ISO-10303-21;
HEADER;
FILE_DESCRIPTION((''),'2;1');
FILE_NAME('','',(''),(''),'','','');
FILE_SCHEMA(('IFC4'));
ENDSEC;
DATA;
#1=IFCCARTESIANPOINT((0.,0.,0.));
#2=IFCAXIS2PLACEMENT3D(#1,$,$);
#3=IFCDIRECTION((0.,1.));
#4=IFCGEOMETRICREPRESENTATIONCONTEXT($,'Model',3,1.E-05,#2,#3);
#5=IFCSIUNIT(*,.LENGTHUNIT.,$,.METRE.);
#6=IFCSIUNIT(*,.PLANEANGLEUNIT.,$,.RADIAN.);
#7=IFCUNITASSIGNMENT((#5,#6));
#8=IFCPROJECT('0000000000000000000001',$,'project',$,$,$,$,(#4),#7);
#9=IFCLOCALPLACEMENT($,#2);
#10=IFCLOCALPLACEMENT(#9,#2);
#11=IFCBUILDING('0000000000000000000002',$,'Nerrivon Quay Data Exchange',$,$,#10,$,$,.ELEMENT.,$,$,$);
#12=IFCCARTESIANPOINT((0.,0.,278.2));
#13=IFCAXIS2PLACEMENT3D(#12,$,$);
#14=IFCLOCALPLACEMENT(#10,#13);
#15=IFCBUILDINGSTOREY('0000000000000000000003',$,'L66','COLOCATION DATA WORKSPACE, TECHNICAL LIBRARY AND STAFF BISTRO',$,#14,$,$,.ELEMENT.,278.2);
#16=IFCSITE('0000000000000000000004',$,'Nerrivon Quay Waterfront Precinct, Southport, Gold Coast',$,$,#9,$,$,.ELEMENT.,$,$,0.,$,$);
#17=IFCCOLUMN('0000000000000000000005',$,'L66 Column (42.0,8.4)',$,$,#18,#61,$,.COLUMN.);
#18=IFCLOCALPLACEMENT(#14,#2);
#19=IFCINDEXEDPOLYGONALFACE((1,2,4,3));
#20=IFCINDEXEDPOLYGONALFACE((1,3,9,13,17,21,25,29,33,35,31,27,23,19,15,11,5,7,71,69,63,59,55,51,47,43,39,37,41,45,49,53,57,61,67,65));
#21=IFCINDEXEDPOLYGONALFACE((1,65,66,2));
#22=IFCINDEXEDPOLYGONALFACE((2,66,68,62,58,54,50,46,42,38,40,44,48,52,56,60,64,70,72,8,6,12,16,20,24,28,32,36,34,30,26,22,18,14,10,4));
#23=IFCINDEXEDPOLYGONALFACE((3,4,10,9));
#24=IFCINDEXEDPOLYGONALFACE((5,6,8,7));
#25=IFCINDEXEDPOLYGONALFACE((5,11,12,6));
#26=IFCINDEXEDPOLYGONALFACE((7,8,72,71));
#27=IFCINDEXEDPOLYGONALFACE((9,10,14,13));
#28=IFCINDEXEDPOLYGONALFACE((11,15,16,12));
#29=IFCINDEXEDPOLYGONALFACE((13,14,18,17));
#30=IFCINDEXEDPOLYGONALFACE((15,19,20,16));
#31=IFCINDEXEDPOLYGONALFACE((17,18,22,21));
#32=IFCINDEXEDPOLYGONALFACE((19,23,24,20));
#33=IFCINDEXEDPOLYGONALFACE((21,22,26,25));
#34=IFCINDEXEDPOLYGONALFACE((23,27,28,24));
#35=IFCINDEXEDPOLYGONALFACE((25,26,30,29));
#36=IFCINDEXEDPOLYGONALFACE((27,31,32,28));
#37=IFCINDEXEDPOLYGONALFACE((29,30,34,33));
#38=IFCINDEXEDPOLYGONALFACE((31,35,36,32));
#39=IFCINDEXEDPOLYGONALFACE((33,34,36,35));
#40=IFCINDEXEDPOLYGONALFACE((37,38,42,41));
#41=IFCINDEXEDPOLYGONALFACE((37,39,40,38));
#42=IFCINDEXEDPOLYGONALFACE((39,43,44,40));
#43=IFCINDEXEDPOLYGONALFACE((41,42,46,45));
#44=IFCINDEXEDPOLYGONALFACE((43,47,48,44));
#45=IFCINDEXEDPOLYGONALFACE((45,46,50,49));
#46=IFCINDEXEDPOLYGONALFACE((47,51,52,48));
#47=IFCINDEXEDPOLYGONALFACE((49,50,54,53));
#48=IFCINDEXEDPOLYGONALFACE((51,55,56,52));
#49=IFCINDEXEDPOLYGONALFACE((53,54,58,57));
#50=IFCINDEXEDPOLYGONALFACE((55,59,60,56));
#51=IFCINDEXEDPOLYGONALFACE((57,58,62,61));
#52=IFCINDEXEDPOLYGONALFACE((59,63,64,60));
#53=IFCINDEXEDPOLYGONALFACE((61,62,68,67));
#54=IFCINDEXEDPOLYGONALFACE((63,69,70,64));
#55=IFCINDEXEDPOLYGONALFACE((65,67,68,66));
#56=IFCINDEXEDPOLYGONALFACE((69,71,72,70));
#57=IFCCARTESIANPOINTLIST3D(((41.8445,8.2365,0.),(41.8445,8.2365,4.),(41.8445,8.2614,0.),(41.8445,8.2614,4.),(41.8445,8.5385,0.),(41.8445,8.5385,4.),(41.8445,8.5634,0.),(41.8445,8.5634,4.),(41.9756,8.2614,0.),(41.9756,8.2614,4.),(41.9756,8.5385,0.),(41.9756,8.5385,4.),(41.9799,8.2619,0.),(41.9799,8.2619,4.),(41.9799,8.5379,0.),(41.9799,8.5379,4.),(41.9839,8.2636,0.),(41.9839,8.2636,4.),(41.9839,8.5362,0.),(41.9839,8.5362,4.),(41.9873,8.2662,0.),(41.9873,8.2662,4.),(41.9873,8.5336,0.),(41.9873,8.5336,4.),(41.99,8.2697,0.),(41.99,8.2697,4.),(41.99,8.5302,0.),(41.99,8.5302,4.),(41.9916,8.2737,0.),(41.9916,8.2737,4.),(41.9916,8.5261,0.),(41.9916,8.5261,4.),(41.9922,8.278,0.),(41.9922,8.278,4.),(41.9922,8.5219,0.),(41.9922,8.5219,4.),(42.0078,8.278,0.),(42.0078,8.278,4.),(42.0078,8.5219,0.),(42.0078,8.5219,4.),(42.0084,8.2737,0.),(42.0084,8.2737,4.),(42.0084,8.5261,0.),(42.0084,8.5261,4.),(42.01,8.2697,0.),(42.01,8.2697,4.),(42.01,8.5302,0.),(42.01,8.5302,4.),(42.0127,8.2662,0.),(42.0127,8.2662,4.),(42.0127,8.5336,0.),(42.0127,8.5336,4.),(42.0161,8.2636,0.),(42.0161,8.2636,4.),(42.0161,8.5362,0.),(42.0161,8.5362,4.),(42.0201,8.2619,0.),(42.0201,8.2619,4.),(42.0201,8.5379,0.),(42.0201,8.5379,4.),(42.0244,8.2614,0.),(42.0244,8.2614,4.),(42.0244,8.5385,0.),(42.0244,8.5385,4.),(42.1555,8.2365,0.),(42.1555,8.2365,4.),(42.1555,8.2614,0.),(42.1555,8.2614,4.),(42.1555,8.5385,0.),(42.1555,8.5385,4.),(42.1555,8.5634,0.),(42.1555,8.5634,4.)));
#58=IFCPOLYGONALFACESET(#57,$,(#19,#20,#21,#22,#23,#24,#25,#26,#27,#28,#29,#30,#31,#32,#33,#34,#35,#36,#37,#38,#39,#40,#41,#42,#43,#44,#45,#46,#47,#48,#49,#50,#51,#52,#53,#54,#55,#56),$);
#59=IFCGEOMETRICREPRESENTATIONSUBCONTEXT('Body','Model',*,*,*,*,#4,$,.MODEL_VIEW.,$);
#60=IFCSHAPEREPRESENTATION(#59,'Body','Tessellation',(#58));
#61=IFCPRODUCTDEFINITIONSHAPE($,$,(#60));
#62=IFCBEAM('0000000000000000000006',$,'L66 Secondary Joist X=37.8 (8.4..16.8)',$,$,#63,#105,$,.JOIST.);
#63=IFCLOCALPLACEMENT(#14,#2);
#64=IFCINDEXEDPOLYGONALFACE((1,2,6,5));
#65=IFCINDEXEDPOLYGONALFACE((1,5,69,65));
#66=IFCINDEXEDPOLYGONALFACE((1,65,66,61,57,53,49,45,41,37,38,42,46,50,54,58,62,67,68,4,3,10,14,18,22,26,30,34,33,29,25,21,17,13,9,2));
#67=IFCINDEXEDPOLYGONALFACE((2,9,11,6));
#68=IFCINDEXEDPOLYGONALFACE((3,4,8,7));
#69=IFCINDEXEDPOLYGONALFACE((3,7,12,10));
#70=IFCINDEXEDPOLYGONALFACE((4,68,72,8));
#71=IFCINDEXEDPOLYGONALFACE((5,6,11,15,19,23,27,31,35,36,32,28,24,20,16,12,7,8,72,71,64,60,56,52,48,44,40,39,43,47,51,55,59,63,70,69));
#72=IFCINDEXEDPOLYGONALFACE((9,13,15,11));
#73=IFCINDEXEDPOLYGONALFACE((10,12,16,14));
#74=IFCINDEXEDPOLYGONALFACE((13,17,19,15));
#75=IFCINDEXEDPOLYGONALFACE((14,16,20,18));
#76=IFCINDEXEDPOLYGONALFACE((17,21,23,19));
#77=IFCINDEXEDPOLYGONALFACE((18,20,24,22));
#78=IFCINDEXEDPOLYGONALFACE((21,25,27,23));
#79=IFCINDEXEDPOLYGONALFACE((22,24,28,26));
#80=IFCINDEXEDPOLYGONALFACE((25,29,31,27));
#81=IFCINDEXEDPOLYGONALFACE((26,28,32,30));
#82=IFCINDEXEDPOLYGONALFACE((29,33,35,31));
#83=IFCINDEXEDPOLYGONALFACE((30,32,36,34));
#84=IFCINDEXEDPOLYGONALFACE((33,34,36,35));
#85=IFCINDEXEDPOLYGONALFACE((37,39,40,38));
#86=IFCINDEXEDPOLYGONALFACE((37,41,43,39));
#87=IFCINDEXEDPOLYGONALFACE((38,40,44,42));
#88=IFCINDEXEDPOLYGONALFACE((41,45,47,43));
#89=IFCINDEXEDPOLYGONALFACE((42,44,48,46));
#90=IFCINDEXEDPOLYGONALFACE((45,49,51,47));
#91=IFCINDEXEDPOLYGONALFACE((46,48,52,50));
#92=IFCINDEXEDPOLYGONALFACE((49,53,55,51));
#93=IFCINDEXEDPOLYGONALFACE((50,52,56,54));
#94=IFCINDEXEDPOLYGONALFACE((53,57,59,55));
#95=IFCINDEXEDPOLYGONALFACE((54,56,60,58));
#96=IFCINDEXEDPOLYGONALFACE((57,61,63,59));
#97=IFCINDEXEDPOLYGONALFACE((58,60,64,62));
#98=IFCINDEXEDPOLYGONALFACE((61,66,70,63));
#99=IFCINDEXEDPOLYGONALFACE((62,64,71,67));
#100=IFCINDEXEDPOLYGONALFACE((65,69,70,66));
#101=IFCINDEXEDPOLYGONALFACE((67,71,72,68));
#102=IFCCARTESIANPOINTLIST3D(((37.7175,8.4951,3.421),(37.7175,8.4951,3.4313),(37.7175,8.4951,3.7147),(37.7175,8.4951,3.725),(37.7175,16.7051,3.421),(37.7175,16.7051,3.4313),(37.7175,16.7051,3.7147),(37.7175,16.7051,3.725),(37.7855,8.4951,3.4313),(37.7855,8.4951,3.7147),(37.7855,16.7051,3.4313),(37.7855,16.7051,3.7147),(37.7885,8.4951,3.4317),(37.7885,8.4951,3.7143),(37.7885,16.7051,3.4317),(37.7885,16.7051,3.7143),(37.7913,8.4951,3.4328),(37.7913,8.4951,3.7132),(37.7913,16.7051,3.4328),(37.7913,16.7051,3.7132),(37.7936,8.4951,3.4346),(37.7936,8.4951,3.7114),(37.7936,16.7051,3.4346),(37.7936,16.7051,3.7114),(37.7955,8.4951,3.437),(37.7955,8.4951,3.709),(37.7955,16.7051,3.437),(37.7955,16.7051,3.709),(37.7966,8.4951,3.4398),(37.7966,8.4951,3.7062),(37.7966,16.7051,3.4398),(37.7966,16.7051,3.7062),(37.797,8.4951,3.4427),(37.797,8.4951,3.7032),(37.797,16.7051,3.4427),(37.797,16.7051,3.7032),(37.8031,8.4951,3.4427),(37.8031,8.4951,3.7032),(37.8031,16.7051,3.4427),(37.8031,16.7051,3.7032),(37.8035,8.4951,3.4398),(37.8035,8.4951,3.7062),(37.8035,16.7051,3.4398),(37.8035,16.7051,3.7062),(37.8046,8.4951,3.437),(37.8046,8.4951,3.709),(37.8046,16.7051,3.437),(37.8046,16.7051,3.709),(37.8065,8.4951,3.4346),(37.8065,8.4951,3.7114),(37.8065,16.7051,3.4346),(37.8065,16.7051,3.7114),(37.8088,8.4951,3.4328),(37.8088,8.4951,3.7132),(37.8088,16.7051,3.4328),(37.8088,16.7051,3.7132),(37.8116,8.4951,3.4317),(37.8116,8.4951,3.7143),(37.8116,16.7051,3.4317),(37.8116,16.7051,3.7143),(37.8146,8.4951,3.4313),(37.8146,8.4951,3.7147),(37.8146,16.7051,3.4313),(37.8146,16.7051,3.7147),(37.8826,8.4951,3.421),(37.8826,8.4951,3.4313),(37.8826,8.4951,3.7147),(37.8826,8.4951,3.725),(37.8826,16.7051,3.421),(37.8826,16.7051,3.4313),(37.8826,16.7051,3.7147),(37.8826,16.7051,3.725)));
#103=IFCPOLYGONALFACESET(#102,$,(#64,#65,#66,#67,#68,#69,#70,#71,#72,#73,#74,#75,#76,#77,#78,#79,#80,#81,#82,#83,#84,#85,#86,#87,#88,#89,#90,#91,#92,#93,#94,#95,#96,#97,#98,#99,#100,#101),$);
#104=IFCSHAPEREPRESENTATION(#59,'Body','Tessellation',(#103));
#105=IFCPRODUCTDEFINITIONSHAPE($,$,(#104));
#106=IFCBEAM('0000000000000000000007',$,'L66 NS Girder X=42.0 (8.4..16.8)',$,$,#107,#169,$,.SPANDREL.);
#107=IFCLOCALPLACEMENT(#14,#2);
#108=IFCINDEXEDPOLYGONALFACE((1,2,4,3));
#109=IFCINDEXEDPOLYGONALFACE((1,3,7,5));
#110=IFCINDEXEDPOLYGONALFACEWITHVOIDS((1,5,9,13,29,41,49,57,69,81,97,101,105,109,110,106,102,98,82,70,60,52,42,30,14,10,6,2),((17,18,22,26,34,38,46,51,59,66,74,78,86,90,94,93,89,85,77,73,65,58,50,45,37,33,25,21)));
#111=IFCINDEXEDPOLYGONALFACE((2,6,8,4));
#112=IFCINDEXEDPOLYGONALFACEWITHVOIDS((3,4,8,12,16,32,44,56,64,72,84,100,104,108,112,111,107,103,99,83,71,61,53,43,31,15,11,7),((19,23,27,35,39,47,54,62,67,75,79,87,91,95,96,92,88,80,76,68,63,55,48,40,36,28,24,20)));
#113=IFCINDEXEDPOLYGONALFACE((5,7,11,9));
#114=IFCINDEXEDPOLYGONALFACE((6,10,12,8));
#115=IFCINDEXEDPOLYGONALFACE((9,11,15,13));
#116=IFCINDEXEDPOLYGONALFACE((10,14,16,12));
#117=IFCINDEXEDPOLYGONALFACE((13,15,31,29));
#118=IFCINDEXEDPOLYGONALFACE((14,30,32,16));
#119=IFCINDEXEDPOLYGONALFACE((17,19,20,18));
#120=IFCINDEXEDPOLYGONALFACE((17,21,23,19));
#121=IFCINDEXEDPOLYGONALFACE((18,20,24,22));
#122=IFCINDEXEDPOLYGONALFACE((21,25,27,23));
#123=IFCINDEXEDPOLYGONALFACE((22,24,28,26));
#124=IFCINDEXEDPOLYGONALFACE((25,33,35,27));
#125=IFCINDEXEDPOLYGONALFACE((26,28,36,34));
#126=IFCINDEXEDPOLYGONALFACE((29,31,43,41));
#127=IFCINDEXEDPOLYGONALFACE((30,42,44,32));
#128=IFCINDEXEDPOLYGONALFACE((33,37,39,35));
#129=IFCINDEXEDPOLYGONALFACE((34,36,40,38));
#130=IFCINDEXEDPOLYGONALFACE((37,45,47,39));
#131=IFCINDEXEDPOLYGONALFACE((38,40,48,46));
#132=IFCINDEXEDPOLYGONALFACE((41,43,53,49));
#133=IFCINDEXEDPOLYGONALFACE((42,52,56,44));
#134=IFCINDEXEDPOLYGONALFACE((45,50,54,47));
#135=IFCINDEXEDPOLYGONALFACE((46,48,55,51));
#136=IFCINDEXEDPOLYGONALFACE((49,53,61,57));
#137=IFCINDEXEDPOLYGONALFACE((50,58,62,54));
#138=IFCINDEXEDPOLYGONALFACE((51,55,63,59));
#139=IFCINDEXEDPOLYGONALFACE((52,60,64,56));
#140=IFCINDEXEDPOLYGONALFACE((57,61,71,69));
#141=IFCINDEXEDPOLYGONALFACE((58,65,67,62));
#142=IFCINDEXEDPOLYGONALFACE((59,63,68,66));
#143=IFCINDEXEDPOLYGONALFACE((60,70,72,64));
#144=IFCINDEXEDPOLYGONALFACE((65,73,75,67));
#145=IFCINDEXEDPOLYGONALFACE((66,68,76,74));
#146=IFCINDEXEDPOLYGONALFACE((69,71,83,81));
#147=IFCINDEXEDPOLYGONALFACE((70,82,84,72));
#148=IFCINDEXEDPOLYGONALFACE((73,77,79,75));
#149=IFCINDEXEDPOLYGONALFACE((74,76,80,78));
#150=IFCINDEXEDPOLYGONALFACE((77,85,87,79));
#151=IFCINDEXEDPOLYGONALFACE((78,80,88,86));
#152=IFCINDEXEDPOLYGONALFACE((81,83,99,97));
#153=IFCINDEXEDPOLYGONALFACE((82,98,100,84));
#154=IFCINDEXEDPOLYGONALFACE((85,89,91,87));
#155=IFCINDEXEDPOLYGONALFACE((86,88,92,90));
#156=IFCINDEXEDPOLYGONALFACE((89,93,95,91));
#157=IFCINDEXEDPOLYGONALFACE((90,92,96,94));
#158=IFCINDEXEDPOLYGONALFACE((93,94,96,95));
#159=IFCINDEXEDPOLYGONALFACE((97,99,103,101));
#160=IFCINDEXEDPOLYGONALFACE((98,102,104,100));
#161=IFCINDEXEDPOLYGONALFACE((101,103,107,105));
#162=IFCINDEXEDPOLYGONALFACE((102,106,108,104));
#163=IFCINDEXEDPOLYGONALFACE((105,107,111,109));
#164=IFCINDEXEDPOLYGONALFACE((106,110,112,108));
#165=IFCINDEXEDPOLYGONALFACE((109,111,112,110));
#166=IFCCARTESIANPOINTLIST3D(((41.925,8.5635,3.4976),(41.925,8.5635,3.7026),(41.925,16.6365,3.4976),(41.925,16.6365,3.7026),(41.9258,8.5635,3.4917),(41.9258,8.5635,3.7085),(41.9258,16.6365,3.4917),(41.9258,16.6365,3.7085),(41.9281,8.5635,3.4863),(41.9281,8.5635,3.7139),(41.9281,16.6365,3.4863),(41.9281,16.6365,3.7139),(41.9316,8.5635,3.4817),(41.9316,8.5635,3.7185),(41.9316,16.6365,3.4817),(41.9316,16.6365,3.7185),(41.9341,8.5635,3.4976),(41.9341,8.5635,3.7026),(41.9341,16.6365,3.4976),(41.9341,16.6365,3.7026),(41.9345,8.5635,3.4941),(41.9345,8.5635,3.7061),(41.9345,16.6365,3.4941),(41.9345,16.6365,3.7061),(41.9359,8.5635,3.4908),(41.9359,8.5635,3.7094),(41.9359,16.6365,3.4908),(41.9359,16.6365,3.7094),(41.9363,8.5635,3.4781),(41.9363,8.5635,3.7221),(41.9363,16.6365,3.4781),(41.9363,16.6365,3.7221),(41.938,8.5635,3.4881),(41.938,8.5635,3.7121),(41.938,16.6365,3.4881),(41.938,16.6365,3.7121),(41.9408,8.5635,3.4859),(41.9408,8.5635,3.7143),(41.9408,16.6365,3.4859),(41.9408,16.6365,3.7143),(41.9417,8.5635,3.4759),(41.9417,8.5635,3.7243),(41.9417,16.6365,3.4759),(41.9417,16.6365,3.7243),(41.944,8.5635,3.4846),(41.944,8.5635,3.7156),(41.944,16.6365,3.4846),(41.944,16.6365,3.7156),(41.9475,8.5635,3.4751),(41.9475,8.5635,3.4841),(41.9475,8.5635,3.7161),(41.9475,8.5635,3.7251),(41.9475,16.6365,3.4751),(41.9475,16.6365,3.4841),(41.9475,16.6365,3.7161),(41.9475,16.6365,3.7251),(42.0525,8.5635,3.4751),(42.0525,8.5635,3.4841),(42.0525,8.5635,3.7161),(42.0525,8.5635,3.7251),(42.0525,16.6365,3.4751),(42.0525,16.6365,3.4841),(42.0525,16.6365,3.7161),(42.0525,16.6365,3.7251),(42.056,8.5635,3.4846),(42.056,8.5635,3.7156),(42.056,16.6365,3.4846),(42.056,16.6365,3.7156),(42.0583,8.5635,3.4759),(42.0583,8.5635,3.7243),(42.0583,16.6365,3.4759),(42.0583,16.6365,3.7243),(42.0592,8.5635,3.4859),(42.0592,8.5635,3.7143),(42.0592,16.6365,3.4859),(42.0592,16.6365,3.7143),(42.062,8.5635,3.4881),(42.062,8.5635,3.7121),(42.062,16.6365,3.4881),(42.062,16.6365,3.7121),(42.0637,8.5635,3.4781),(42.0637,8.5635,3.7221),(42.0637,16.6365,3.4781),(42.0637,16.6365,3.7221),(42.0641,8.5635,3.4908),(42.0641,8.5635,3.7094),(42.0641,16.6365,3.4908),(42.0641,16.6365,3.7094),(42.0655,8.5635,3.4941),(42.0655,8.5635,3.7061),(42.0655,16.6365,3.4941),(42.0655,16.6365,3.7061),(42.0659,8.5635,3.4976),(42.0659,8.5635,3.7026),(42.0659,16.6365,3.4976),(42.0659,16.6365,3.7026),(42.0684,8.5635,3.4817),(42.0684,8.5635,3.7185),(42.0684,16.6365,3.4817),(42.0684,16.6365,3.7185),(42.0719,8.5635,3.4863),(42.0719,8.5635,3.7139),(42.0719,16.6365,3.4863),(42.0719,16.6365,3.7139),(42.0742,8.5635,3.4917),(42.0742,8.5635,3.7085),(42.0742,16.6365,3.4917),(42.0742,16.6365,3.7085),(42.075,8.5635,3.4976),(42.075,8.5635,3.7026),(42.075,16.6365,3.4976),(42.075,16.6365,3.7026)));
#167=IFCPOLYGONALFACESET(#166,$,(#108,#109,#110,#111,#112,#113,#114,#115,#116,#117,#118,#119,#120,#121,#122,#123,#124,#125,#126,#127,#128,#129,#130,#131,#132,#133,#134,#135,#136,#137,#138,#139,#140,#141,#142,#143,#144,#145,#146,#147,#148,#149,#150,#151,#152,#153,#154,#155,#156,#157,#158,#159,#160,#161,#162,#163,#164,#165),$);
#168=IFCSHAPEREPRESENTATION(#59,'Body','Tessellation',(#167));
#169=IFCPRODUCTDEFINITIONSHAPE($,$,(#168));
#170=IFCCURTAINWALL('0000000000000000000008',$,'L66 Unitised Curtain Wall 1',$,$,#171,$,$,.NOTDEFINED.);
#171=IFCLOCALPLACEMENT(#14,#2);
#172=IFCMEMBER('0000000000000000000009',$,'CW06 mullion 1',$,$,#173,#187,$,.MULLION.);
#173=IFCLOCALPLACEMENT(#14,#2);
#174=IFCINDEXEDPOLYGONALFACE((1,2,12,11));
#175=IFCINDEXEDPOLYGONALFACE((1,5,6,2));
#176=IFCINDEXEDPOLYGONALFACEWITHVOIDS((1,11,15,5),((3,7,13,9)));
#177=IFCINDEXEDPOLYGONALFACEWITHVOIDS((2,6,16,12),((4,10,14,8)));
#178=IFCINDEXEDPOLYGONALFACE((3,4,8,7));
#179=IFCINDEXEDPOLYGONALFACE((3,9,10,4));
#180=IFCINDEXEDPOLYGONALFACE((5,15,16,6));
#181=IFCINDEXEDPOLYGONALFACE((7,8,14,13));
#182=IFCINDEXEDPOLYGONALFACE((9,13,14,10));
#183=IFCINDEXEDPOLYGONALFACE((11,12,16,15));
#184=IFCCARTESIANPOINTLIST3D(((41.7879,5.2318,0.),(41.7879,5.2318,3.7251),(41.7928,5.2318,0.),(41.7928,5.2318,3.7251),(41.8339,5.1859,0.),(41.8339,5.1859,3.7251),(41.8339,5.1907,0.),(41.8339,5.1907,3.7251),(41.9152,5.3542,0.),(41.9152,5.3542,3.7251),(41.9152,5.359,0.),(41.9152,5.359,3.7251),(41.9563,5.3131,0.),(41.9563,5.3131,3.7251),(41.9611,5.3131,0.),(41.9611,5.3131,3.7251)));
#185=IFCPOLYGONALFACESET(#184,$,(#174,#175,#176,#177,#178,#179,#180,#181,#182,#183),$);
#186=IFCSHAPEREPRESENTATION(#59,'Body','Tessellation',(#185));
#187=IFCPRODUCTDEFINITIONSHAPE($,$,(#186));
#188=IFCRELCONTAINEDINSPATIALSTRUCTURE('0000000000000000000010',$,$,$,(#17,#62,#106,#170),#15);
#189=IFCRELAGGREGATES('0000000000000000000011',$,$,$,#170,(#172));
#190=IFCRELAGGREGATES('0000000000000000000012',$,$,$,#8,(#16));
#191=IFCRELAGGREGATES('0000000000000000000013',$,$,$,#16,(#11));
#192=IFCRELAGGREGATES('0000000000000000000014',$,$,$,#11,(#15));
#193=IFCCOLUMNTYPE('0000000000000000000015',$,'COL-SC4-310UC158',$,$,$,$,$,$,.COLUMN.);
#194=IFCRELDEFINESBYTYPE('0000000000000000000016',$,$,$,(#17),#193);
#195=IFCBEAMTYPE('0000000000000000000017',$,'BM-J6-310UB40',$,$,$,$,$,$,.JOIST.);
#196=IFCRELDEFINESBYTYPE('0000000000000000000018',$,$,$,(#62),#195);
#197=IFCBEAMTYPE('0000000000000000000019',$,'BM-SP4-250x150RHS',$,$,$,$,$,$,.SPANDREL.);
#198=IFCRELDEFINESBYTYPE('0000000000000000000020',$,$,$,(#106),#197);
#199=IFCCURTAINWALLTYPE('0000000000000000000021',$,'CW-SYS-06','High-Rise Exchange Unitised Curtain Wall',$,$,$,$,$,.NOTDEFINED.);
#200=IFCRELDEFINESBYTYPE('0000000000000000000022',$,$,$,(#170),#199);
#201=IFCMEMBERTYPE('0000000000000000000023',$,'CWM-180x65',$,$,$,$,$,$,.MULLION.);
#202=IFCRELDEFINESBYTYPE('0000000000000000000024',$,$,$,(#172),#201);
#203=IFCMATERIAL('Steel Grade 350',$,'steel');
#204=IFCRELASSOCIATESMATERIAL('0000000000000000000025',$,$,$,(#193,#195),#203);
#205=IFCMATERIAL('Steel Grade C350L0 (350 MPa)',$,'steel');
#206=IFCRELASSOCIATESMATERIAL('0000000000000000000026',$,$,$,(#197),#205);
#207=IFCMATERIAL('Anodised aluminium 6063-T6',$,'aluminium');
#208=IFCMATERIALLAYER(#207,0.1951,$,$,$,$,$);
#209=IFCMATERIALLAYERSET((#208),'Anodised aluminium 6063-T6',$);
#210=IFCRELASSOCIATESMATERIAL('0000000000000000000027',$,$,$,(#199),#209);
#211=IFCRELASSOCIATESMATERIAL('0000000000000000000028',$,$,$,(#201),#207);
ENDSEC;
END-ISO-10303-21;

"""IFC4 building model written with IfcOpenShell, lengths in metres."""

from ifc_helpers import new_model, si_unit, direction, frame, origin, origin_2d, place, context, subcontext, project, spatial, hollow_rectangle, i_section, extrude, material, layer, layer_set, material_profile, profile_set, type_object, element, aggregate, save


model = new_model("IFC4")

# Units and contexts
model_context = context("Model", 3, precision=1e-05, world=origin(), true_north=direction((0.0, 1.0)))
body_context = subcontext(model_context, "Body", "Model", "MODEL_VIEW")
ifc_project = project(units=[si_unit("LENGTHUNIT", "METRE"), si_unit("PLANEANGLEUNIT", "RADIAN")], contexts=[model_context])

# Site, building, storey
site_placement = place(None, origin())
site = spatial("IfcSite", under=ifc_project, at=site_placement, Name="Nerrivon Quay Waterfront Precinct, Southport, Gold Coast", CompositionType="ELEMENT", RefElevation=0.0)
building_placement = place(site_placement, origin())
building = spatial("IfcBuilding", under=site, at=building_placement, Name="Nerrivon Quay Data Exchange", CompositionType="ELEMENT")
storey_placement = place(building_placement, frame((0.0, 0.0, 278.2)))
storey = spatial("IfcBuildingStorey", under=building, at=storey_placement, Name="L66", Description="COLOCATION DATA WORKSPACE, TECHNICAL LIBRARY AND STAFF BISTRO", CompositionType="ELEMENT", Elevation=278.2)

# Column
ifc_material_1 = material(Name="Steel Grade 350", Category="steel")
ifc_material_profile_1 = material_profile(ifc_material_1, i_section(OverallWidth=0.311, OverallDepth=0.3269, WebThickness=0.0156, FlangeThickness=0.0249, FilletRadius=0.0166, at=origin_2d()), Name="310UC158")
ifc_profile_set_1 = profile_set([ifc_material_profile_1], Name="Steel Grade 350")
column_type = type_object("IfcColumnType", Name="COL-SC4-310UC158", PredefinedType="COLUMN", material=ifc_profile_set_1)
column_placement = place(storey_placement, frame((42.0, 8.3999, 0.0), z_axis=(0.0, 0.0, 1.0), x_axis=(1.0, 0.0, 0.0)))
element("IfcColumn", 1, at=column_placement, inside=storey, type_object=column_type, Name="L66 Column (42.0,8.4)", PredefinedType="COLUMN", context=body_context, shape_type="SweptSolid", body=[
    extrude(i_section(OverallWidth=0.311, OverallDepth=0.3269, WebThickness=0.0156, FlangeThickness=0.0249, FilletRadius=0.0166, at=origin_2d()), origin(), (0.0, 0.0, 1.0), 4.0),
])

# Beams
ifc_material_profile_2 = material_profile(ifc_material_1, i_section(OverallWidth=0.165, OverallDepth=0.304, WebThickness=0.0061, FlangeThickness=0.0103, FilletRadius=0.0115, at=origin_2d()), Name="310UB40.4")
ifc_profile_set_2 = profile_set([ifc_material_profile_2], Name="Steel Grade 350")
beam_type_1 = type_object("IfcBeamType", Name="BM-J6-310UB40", PredefinedType="JOIST", material=ifc_profile_set_2)
beam_1_placement = place(storey_placement, frame((37.8, 8.4951, 3.573), z_axis=(0.0, 1.0, 0.0), x_axis=(-1.0, 0.0, 0.0)))
element("IfcBeam", 2, at=beam_1_placement, inside=storey, type_object=beam_type_1, Name="L66 Secondary Joist X=37.8 (8.4..16.8)", PredefinedType="JOIST", context=body_context, shape_type="SweptSolid", body=[
    extrude(i_section(OverallWidth=0.165, OverallDepth=0.304, WebThickness=0.0061, FlangeThickness=0.0103, FilletRadius=0.0115, at=origin_2d()), origin(), (0.0, 0.0, 1.0), 8.21),
])
ifc_material_2 = material(Name="Steel Grade C350L0 (350 MPa)", Category="steel")
ifc_material_profile_3 = material_profile(ifc_material_2, hollow_rectangle(XDim=0.1499, YDim=0.25, WallThickness=0.009, InnerFilletRadius=0.0134, OuterFilletRadius=0.0225, at=origin_2d()), Name="250x150x9.0RHS")
ifc_profile_set_3 = profile_set([ifc_material_profile_3], Name="Steel Grade C350L0 (350 MPa)")
beam_type_2 = type_object("IfcBeamType", Name="BM-SP4-250x150RHS", PredefinedType="SPANDREL", material=ifc_profile_set_3)
beam_2_placement = place(storey_placement, frame((42.0, 8.5635, 3.6001), z_axis=(0.0, 1.0, 0.0), x_axis=(-1.0, 0.0, 0.0)))
element("IfcBeam", 3, at=beam_2_placement, inside=storey, type_object=beam_type_2, Name="L66 NS Girder X=42.0 (8.4..16.8)", PredefinedType="SPANDREL", context=body_context, shape_type="SweptSolid", body=[
    extrude(hollow_rectangle(XDim=0.1499, YDim=0.25, WallThickness=0.009, InnerFilletRadius=0.0134, OuterFilletRadius=0.0225, at=origin_2d()), origin(), (0.0, 0.0, 1.0), 8.073),
])

# Curtain wall, member
ifc_material_3 = material(Name="Anodised aluminium 6063-T6", Category="aluminium")
ifc_layer_1 = layer(ifc_material_3, 0.1951)
ifc_layer_set_1 = layer_set([ifc_layer_1], Name="Anodised aluminium 6063-T6")
curtain_wall_type = type_object("IfcCurtainWallType", Name="CW-SYS-06", Description="High-Rise Exchange Unitised Curtain Wall", PredefinedType="NOTDEFINED", material=ifc_layer_set_1)
curtain_wall_1_placement = place(storey_placement, origin())
curtain_wall_1 = element("IfcCurtainWall", 4, at=curtain_wall_1_placement, inside=storey, type_object=curtain_wall_type, Name="L66 Unitised Curtain Wall 1", PredefinedType="NOTDEFINED")
ifc_material_profile_4 = material_profile(ifc_material_3, hollow_rectangle(XDim=0.0649, YDim=0.1799, WallThickness=0.0034, at=origin_2d()), Name="ALU-MULL-180x65")
ifc_profile_set_4 = profile_set([ifc_material_profile_4], Name="Anodised aluminium 6063-T6")
member_type_1 = type_object("IfcMemberType", Name="CWM-180x65", PredefinedType="MULLION", material=ifc_profile_set_4)
member_1_placement = place(storey_placement, frame((41.8745, 5.2725, 0.0), z_axis=(0.0, 0.0, 1.0), x_axis=(0.707107, -0.707107, 0.0)))
member_1 = element("IfcMember", 5, at=member_1_placement, type_object=member_type_1, Name="CW06 mullion 1", PredefinedType="MULLION", context=body_context, shape_type="SweptSolid", body=[
    extrude(hollow_rectangle(XDim=0.0649, YDim=0.1799, WallThickness=0.0034, at=origin_2d()), origin(), (0.0, 0.0, 1.0), 3.7251),
])

aggregate(curtain_wall_1, [member_1])

save(model, "model.ifc")
